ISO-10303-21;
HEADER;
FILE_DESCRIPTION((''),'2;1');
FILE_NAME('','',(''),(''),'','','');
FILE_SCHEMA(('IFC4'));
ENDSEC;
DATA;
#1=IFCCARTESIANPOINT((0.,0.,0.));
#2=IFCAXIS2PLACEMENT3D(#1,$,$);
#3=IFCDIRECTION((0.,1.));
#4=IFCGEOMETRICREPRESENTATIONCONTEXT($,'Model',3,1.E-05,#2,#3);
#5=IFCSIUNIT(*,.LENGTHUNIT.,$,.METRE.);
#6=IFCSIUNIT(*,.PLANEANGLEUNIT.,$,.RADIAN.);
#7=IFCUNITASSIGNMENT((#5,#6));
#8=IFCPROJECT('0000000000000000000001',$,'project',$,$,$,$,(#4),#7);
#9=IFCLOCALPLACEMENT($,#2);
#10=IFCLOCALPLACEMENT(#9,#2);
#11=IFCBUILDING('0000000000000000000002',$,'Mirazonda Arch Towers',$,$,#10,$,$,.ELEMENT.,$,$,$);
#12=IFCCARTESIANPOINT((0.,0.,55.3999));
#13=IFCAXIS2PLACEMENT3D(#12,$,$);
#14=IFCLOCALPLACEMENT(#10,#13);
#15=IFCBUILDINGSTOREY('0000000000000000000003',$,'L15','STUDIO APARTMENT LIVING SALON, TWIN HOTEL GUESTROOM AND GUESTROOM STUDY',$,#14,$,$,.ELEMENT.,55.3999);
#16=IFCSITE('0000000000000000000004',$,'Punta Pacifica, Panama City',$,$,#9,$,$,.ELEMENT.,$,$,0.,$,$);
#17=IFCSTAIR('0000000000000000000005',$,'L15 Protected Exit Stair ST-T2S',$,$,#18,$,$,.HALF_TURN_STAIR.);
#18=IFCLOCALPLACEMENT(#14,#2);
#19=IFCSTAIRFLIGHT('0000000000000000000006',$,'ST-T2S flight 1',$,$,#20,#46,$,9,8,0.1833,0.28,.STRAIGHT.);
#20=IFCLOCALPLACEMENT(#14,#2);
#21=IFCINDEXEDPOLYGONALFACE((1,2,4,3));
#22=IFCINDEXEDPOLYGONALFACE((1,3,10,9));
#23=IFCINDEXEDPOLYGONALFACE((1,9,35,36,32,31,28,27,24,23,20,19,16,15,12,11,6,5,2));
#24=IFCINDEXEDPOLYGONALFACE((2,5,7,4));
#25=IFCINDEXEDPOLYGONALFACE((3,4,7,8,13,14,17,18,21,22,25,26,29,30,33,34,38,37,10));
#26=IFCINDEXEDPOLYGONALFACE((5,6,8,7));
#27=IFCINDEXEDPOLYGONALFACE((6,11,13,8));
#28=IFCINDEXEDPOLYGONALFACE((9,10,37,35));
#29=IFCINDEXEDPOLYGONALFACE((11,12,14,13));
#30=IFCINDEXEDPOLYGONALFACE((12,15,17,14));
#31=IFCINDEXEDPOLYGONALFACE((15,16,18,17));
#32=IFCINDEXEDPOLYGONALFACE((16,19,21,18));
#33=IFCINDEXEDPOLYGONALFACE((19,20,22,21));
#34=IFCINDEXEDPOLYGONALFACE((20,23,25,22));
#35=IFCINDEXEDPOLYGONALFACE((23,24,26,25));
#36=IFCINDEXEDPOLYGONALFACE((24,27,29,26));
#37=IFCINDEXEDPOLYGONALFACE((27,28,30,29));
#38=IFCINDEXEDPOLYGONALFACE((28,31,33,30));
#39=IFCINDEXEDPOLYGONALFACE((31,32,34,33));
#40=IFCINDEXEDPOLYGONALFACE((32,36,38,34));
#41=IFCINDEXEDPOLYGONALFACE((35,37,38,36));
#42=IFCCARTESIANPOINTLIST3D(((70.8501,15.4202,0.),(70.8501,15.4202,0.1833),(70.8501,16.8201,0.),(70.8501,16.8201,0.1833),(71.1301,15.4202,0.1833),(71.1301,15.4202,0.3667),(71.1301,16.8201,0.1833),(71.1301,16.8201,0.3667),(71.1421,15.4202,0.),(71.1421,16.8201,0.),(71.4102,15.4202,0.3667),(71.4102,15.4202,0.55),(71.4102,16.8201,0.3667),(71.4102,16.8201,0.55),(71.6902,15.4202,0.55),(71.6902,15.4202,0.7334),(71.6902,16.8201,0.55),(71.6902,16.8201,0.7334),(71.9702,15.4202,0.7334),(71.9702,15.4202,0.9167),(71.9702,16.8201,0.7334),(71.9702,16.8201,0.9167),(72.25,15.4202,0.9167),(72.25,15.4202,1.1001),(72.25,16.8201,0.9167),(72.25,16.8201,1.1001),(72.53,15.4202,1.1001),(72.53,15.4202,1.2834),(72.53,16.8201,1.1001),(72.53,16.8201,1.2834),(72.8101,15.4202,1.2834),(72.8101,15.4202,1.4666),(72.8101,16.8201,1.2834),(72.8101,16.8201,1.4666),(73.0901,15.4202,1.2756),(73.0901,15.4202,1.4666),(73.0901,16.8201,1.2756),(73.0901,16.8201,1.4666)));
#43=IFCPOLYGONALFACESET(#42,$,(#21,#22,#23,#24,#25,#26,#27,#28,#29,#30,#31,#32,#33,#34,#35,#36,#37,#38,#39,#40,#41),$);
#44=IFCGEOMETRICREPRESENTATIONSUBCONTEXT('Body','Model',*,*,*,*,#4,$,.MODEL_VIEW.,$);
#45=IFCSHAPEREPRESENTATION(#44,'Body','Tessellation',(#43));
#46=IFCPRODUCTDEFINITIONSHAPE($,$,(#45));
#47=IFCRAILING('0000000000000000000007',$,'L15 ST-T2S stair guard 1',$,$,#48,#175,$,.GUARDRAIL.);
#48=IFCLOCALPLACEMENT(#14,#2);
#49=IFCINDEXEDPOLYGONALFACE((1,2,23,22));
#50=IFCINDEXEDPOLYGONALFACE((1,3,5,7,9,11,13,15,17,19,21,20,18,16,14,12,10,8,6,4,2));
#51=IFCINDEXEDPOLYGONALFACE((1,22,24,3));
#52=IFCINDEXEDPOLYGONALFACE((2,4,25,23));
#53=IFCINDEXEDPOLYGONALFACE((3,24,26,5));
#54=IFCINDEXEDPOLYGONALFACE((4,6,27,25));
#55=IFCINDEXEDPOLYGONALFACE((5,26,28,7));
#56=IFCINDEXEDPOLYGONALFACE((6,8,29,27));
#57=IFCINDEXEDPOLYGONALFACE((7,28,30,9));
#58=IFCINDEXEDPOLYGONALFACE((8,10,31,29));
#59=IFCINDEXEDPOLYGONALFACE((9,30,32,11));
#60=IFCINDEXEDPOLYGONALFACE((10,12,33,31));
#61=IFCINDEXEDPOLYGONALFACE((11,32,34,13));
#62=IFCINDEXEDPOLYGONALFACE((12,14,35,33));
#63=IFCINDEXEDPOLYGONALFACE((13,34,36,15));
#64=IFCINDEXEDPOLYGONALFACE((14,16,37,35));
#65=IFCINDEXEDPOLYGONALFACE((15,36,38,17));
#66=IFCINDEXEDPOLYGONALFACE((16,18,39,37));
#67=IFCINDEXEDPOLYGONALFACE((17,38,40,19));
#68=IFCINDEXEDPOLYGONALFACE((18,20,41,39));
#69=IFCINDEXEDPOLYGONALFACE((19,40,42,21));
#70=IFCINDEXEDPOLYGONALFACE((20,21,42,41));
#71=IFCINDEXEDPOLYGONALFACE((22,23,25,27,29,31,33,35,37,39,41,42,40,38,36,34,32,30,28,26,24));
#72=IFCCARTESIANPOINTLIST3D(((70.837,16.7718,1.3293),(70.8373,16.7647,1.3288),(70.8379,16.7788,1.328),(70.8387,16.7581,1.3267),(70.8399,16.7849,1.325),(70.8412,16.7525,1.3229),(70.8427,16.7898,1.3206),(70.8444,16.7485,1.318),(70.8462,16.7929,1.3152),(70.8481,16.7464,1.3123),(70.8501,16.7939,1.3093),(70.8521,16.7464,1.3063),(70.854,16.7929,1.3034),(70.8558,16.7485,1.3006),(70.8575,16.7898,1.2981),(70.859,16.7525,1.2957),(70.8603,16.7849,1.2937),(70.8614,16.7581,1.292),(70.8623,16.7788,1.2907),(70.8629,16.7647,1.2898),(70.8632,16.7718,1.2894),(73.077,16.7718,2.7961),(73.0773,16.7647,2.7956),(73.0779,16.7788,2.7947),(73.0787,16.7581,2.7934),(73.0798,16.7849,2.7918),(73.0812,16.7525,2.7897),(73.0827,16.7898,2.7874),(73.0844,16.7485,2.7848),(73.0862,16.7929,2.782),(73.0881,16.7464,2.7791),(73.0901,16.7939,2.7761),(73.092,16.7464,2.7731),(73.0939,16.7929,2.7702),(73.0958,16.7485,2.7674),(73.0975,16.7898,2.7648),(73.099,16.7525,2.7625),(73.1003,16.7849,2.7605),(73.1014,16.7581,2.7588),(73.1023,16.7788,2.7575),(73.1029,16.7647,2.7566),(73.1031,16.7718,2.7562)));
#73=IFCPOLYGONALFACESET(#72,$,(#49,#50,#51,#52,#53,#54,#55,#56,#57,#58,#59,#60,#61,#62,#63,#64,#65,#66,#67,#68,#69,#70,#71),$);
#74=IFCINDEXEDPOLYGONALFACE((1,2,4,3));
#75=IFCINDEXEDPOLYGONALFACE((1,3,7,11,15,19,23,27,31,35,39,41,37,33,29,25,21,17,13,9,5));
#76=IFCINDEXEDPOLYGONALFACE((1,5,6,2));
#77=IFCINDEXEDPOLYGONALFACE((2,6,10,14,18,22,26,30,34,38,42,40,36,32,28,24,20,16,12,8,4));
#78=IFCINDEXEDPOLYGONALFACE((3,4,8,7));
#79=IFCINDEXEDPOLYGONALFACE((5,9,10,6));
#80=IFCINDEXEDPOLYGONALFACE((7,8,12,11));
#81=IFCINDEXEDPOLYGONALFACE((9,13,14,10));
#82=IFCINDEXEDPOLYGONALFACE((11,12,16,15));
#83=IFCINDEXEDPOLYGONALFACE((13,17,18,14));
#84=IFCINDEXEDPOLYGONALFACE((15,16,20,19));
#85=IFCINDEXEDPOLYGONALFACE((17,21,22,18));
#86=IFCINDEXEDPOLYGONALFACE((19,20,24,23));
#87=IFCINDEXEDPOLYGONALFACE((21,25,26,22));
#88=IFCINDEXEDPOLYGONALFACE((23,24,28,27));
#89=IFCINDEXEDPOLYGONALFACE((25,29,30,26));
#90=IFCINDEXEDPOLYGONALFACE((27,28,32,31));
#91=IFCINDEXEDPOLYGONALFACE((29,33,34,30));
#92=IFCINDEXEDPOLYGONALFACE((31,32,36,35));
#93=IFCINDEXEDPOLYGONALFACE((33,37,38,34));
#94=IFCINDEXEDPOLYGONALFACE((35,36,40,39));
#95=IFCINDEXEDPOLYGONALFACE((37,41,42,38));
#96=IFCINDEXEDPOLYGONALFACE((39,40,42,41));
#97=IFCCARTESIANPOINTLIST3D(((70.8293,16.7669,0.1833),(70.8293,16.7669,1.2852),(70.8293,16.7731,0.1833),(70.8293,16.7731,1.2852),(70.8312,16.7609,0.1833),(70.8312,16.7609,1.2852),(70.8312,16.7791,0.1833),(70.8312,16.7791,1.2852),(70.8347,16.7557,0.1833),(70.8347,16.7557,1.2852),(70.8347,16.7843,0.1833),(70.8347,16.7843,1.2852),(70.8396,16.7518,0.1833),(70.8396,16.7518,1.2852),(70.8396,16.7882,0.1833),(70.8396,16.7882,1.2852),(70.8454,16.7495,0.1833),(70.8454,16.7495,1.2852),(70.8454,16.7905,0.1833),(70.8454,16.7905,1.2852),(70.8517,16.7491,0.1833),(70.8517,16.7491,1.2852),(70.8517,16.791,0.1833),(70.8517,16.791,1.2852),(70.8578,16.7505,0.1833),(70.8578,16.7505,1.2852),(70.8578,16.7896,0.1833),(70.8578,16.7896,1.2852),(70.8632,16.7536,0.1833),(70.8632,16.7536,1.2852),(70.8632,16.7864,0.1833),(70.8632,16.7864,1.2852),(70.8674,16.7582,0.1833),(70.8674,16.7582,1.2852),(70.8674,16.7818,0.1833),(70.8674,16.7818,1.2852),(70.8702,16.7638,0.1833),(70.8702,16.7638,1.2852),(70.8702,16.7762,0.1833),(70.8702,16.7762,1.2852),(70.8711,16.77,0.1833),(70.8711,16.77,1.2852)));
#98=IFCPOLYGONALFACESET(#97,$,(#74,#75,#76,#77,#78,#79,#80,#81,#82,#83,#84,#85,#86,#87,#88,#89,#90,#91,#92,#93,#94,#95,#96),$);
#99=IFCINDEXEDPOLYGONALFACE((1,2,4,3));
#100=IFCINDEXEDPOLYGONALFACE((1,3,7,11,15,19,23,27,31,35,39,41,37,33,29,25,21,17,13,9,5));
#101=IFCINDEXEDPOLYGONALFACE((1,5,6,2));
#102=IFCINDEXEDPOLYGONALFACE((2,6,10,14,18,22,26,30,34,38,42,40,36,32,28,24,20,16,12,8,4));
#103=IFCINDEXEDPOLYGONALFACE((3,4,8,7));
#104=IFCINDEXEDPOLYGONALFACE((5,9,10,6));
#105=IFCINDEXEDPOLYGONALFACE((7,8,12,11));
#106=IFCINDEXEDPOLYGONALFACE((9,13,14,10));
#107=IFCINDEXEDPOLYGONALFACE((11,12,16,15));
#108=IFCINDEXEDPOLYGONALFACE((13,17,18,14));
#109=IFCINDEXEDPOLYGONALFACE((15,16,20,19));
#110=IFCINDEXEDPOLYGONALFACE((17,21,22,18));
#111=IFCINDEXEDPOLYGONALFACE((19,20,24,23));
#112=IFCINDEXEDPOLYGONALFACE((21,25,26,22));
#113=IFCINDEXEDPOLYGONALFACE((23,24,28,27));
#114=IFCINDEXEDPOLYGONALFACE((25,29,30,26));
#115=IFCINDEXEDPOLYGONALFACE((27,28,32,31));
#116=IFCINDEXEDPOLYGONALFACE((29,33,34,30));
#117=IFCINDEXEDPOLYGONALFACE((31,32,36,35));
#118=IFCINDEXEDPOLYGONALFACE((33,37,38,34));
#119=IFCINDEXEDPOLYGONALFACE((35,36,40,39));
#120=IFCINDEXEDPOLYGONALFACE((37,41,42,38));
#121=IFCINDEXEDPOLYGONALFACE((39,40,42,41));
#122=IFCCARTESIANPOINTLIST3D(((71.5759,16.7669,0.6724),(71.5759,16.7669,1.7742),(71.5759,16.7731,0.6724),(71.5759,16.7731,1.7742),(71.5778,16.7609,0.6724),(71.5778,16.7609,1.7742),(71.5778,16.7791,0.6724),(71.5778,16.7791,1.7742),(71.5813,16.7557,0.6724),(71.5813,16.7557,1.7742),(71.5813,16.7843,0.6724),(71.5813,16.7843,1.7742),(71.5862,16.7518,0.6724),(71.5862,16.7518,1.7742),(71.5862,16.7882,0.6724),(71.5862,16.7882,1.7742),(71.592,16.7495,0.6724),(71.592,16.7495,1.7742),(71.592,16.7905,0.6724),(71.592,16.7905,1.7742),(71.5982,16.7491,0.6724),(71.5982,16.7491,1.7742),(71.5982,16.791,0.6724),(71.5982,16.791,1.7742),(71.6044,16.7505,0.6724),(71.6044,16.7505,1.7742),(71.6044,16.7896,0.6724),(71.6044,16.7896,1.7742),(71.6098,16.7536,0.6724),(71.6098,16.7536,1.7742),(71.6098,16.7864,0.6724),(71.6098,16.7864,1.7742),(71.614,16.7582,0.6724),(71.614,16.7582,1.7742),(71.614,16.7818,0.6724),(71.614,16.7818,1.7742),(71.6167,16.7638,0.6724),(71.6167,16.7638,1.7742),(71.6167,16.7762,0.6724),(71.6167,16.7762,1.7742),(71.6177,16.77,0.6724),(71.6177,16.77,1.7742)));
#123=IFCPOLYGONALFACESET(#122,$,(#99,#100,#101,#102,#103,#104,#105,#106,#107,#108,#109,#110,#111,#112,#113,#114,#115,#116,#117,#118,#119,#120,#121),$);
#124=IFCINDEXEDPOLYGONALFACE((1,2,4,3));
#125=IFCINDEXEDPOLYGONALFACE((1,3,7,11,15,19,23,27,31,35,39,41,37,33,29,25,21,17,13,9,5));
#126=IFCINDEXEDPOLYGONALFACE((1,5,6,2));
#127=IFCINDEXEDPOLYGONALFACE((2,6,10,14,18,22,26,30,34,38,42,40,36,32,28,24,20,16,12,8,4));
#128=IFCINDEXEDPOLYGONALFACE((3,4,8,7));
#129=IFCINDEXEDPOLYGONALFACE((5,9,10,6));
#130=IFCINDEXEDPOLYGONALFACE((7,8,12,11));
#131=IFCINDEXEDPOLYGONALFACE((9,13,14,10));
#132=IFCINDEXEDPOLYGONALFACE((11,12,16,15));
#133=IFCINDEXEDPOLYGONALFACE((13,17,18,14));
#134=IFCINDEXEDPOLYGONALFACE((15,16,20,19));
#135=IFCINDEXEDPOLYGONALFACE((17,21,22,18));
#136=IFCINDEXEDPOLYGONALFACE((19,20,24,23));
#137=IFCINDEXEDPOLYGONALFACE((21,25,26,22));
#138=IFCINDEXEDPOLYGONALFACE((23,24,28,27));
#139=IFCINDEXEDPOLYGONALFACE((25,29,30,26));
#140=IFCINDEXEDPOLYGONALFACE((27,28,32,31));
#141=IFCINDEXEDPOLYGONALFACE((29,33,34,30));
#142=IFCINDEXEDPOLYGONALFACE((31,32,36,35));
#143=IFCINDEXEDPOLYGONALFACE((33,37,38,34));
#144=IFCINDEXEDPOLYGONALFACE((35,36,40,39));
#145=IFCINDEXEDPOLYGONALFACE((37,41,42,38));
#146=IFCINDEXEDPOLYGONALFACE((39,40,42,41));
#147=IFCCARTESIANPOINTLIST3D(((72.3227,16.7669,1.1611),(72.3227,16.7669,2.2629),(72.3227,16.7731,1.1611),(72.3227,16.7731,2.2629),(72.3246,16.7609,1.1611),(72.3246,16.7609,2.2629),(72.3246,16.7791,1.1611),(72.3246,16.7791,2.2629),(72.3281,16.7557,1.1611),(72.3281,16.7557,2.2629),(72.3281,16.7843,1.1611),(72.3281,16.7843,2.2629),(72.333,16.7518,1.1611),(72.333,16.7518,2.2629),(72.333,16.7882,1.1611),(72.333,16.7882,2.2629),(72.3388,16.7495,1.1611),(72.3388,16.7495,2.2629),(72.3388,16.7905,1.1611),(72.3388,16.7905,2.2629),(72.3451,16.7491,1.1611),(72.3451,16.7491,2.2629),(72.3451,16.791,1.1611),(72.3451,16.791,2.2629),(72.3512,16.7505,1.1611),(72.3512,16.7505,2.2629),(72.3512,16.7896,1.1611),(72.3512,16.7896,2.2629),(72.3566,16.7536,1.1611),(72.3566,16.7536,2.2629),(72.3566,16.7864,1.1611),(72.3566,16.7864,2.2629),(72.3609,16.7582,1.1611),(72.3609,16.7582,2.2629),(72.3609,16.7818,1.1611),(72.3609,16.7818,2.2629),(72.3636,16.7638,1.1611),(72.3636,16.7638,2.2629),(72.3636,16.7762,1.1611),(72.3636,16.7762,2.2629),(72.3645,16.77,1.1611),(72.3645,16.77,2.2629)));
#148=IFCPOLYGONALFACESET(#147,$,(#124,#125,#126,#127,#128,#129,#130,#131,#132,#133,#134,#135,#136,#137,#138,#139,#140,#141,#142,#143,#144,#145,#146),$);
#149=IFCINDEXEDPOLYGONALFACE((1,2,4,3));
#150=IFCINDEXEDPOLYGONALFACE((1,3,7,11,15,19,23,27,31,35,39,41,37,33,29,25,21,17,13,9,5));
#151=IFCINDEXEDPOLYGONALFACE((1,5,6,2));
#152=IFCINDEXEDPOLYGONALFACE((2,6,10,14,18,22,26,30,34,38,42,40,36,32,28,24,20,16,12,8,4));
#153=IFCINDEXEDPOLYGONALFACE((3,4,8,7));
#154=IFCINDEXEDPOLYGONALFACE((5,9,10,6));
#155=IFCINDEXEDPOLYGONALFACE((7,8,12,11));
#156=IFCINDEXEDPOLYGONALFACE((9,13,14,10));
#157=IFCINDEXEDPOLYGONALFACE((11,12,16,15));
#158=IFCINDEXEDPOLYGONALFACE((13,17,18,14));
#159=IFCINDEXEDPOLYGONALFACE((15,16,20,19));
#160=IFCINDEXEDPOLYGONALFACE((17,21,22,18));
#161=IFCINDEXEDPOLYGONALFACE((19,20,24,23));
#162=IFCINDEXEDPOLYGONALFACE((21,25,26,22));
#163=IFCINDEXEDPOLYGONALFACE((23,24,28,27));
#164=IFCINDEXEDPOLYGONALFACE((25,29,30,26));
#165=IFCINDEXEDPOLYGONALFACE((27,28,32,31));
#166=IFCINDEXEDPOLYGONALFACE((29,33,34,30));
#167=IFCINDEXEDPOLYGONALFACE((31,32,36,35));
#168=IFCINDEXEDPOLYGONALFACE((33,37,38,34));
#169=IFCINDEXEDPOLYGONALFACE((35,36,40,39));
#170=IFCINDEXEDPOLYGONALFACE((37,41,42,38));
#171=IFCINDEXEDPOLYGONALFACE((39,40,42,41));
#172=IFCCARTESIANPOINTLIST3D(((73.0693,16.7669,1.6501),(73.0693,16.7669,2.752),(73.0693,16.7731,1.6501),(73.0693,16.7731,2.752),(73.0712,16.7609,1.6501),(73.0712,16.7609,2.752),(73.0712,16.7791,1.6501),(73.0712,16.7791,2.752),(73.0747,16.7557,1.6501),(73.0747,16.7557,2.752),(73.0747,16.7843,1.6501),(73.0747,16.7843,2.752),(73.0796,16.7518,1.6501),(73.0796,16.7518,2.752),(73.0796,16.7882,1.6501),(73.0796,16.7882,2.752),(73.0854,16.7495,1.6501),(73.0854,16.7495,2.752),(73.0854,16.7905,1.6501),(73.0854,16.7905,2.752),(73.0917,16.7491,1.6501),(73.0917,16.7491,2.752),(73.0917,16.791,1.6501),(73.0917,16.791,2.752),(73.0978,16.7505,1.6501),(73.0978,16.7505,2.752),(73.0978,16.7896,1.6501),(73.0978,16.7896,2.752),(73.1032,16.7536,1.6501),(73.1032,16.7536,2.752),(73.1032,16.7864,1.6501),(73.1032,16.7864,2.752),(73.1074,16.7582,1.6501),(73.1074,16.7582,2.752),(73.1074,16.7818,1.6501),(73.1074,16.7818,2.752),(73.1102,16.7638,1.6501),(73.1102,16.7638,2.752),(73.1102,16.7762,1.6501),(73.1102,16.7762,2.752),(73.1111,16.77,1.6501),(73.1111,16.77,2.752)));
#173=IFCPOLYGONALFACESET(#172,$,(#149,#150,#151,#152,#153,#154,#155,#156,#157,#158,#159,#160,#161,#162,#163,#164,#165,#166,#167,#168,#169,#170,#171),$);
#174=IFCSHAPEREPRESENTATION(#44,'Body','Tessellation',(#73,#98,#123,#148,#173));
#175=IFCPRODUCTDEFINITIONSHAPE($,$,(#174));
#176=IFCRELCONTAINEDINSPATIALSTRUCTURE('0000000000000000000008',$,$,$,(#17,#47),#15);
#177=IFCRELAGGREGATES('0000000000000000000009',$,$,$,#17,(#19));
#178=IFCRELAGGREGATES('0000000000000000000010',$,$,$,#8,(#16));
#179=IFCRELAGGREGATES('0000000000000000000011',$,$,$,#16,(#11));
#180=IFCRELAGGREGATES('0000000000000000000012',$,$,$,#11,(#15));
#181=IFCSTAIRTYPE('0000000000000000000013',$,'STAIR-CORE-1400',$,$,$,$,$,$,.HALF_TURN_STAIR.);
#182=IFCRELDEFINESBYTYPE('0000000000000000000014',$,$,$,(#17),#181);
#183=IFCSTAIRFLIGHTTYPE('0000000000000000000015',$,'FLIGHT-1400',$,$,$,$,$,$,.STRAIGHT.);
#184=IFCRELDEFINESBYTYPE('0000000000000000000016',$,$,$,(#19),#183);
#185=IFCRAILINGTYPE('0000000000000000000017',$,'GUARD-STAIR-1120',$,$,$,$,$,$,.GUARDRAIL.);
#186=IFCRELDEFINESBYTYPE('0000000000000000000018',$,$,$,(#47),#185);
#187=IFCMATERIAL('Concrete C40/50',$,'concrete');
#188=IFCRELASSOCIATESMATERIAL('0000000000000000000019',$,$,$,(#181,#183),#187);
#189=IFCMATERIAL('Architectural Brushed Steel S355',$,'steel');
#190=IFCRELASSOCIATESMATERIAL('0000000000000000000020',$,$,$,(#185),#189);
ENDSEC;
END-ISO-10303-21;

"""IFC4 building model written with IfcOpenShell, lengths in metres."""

from ifc_helpers import new_model, si_unit, direction, frame, origin, origin_2d, place, context, subcontext, project, spatial, polyline, circle, outline, extrude, material, type_object, element, aggregate, save


model = new_model("IFC4")

# Units and contexts
model_context = context("Model", 3, precision=1e-05, world=origin(), true_north=direction((0.0, 1.0)))
body_context = subcontext(model_context, "Body", "Model", "MODEL_VIEW")
ifc_project = project(units=[si_unit("LENGTHUNIT", "METRE"), si_unit("PLANEANGLEUNIT", "RADIAN")], contexts=[model_context])

# Site, building, storey
site_placement = place(None, origin())
site = spatial("IfcSite", under=ifc_project, at=site_placement, Name="Punta Pacifica, Panama City", CompositionType="ELEMENT", RefElevation=0.0)
building_placement = place(site_placement, origin())
building = spatial("IfcBuilding", under=site, at=building_placement, Name="Mirazonda Arch Towers", CompositionType="ELEMENT")
storey_placement = place(building_placement, frame((0.0, 0.0, 55.3999)))
storey = spatial("IfcBuildingStorey", under=building, at=storey_placement, Name="L15", Description="STUDIO APARTMENT LIVING SALON, TWIN HOTEL GUESTROOM AND GUESTROOM STUDY", CompositionType="ELEMENT", Elevation=55.3999)

# Stair, stair flight
ifc_material_1 = material(Name="Concrete C40/50", Category="concrete")
stair_type = type_object("IfcStairType", Name="STAIR-CORE-1400", PredefinedType="HALF_TURN_STAIR", material=ifc_material_1)
stair_placement = place(storey_placement, origin())
stair = element("IfcStair", 1, at=stair_placement, inside=storey, type_object=stair_type, Name="L15 Protected Exit Stair ST-T2S", PredefinedType="HALF_TURN_STAIR")
stair_flight_type = type_object("IfcStairFlightType", Name="FLIGHT-1400", PredefinedType="STRAIGHT", material=ifc_material_1)
stair_flight_placement = place(storey_placement, frame((70.8501, 16.1201, 0.0), z_axis=(0.0, 0.0, 1.0), x_axis=(1.0, 0.0, 0.0)))
stair_flight = element("IfcStairFlight", 2, at=stair_flight_placement, type_object=stair_flight_type, Name="ST-T2S flight 1", NumberOfRisers=9, NumberOfTreads=8, PredefinedType="STRAIGHT", RiserHeight=0.1833, TreadLength=0.28, context=body_context, shape_type="SweptSolid", body=[
    extrude(outline(polyline([(0.0, 0.0), (0.0, 0.1833), (0.28, 0.1833), (0.28, 0.3667), (0.5601, 0.3667), (0.5601, 0.55), (0.8401, 0.55), (0.8401, 0.7334), (1.1201, 0.7334), (1.1201, 0.9167), (1.3999, 0.9167), (1.3999, 1.1001), (1.6799, 1.1001), (1.6799, 1.2834), (1.96, 1.2834), (1.96, 1.4666), (2.24, 1.4666), (2.24, 1.6499), (2.24, 1.2756), (0.292, 0.0), (0.0, 0.0)])), frame((0.0, 0.7, 0.0), z_axis=(0.0, -1.0, 0.0), x_axis=(1.0, 0.0, 0.0)), (0.0, 0.0, 1.0), 1.3999),
])
aggregate(stair, [stair_flight])

# Railing
ifc_material_2 = material(Name="Architectural Brushed Steel S355", Category="steel")
railing_type_1 = type_object("IfcRailingType", Name="GUARD-STAIR-1120", PredefinedType="GUARDRAIL", material=ifc_material_2)
railing_1_placement = place(storey_placement, frame((70.8501, 16.77, 0.1833)))
element("IfcRailing", 3, at=railing_1_placement, inside=storey, type_object=railing_type_1, Name="L15 ST-T2S stair guard 1", PredefinedType="GUARDRAIL", context=body_context, shape_type="SweptSolid", body=[
    extrude(circle(Radius=0.0239, at=origin_2d()), frame((0.0, 0.0, 1.126), z_axis=(0.836595, 0.0, 0.547822), x_axis=(0.0, 1.0, 0.0)), (0.0, 0.0, 1.0), 2.6775),
    extrude(circle(Radius=0.021, at=origin_2d()), origin(), (0.0, 0.0, 1.0), 1.1018),
    extrude(circle(Radius=0.021, at=origin_2d()), frame((0.7466, 0.0, 0.489)), (0.0, 0.0, 1.0), 1.1018),
    extrude(circle(Radius=0.021, at=origin_2d()), frame((1.4934, 0.0, 0.9778)), (0.0, 0.0, 1.0), 1.1018),
    extrude(circle(Radius=0.021, at=origin_2d()), frame((2.24, 0.0, 1.4668)), (0.0, 0.0, 1.0), 1.1018),
])

save(model, "model.ifc")
